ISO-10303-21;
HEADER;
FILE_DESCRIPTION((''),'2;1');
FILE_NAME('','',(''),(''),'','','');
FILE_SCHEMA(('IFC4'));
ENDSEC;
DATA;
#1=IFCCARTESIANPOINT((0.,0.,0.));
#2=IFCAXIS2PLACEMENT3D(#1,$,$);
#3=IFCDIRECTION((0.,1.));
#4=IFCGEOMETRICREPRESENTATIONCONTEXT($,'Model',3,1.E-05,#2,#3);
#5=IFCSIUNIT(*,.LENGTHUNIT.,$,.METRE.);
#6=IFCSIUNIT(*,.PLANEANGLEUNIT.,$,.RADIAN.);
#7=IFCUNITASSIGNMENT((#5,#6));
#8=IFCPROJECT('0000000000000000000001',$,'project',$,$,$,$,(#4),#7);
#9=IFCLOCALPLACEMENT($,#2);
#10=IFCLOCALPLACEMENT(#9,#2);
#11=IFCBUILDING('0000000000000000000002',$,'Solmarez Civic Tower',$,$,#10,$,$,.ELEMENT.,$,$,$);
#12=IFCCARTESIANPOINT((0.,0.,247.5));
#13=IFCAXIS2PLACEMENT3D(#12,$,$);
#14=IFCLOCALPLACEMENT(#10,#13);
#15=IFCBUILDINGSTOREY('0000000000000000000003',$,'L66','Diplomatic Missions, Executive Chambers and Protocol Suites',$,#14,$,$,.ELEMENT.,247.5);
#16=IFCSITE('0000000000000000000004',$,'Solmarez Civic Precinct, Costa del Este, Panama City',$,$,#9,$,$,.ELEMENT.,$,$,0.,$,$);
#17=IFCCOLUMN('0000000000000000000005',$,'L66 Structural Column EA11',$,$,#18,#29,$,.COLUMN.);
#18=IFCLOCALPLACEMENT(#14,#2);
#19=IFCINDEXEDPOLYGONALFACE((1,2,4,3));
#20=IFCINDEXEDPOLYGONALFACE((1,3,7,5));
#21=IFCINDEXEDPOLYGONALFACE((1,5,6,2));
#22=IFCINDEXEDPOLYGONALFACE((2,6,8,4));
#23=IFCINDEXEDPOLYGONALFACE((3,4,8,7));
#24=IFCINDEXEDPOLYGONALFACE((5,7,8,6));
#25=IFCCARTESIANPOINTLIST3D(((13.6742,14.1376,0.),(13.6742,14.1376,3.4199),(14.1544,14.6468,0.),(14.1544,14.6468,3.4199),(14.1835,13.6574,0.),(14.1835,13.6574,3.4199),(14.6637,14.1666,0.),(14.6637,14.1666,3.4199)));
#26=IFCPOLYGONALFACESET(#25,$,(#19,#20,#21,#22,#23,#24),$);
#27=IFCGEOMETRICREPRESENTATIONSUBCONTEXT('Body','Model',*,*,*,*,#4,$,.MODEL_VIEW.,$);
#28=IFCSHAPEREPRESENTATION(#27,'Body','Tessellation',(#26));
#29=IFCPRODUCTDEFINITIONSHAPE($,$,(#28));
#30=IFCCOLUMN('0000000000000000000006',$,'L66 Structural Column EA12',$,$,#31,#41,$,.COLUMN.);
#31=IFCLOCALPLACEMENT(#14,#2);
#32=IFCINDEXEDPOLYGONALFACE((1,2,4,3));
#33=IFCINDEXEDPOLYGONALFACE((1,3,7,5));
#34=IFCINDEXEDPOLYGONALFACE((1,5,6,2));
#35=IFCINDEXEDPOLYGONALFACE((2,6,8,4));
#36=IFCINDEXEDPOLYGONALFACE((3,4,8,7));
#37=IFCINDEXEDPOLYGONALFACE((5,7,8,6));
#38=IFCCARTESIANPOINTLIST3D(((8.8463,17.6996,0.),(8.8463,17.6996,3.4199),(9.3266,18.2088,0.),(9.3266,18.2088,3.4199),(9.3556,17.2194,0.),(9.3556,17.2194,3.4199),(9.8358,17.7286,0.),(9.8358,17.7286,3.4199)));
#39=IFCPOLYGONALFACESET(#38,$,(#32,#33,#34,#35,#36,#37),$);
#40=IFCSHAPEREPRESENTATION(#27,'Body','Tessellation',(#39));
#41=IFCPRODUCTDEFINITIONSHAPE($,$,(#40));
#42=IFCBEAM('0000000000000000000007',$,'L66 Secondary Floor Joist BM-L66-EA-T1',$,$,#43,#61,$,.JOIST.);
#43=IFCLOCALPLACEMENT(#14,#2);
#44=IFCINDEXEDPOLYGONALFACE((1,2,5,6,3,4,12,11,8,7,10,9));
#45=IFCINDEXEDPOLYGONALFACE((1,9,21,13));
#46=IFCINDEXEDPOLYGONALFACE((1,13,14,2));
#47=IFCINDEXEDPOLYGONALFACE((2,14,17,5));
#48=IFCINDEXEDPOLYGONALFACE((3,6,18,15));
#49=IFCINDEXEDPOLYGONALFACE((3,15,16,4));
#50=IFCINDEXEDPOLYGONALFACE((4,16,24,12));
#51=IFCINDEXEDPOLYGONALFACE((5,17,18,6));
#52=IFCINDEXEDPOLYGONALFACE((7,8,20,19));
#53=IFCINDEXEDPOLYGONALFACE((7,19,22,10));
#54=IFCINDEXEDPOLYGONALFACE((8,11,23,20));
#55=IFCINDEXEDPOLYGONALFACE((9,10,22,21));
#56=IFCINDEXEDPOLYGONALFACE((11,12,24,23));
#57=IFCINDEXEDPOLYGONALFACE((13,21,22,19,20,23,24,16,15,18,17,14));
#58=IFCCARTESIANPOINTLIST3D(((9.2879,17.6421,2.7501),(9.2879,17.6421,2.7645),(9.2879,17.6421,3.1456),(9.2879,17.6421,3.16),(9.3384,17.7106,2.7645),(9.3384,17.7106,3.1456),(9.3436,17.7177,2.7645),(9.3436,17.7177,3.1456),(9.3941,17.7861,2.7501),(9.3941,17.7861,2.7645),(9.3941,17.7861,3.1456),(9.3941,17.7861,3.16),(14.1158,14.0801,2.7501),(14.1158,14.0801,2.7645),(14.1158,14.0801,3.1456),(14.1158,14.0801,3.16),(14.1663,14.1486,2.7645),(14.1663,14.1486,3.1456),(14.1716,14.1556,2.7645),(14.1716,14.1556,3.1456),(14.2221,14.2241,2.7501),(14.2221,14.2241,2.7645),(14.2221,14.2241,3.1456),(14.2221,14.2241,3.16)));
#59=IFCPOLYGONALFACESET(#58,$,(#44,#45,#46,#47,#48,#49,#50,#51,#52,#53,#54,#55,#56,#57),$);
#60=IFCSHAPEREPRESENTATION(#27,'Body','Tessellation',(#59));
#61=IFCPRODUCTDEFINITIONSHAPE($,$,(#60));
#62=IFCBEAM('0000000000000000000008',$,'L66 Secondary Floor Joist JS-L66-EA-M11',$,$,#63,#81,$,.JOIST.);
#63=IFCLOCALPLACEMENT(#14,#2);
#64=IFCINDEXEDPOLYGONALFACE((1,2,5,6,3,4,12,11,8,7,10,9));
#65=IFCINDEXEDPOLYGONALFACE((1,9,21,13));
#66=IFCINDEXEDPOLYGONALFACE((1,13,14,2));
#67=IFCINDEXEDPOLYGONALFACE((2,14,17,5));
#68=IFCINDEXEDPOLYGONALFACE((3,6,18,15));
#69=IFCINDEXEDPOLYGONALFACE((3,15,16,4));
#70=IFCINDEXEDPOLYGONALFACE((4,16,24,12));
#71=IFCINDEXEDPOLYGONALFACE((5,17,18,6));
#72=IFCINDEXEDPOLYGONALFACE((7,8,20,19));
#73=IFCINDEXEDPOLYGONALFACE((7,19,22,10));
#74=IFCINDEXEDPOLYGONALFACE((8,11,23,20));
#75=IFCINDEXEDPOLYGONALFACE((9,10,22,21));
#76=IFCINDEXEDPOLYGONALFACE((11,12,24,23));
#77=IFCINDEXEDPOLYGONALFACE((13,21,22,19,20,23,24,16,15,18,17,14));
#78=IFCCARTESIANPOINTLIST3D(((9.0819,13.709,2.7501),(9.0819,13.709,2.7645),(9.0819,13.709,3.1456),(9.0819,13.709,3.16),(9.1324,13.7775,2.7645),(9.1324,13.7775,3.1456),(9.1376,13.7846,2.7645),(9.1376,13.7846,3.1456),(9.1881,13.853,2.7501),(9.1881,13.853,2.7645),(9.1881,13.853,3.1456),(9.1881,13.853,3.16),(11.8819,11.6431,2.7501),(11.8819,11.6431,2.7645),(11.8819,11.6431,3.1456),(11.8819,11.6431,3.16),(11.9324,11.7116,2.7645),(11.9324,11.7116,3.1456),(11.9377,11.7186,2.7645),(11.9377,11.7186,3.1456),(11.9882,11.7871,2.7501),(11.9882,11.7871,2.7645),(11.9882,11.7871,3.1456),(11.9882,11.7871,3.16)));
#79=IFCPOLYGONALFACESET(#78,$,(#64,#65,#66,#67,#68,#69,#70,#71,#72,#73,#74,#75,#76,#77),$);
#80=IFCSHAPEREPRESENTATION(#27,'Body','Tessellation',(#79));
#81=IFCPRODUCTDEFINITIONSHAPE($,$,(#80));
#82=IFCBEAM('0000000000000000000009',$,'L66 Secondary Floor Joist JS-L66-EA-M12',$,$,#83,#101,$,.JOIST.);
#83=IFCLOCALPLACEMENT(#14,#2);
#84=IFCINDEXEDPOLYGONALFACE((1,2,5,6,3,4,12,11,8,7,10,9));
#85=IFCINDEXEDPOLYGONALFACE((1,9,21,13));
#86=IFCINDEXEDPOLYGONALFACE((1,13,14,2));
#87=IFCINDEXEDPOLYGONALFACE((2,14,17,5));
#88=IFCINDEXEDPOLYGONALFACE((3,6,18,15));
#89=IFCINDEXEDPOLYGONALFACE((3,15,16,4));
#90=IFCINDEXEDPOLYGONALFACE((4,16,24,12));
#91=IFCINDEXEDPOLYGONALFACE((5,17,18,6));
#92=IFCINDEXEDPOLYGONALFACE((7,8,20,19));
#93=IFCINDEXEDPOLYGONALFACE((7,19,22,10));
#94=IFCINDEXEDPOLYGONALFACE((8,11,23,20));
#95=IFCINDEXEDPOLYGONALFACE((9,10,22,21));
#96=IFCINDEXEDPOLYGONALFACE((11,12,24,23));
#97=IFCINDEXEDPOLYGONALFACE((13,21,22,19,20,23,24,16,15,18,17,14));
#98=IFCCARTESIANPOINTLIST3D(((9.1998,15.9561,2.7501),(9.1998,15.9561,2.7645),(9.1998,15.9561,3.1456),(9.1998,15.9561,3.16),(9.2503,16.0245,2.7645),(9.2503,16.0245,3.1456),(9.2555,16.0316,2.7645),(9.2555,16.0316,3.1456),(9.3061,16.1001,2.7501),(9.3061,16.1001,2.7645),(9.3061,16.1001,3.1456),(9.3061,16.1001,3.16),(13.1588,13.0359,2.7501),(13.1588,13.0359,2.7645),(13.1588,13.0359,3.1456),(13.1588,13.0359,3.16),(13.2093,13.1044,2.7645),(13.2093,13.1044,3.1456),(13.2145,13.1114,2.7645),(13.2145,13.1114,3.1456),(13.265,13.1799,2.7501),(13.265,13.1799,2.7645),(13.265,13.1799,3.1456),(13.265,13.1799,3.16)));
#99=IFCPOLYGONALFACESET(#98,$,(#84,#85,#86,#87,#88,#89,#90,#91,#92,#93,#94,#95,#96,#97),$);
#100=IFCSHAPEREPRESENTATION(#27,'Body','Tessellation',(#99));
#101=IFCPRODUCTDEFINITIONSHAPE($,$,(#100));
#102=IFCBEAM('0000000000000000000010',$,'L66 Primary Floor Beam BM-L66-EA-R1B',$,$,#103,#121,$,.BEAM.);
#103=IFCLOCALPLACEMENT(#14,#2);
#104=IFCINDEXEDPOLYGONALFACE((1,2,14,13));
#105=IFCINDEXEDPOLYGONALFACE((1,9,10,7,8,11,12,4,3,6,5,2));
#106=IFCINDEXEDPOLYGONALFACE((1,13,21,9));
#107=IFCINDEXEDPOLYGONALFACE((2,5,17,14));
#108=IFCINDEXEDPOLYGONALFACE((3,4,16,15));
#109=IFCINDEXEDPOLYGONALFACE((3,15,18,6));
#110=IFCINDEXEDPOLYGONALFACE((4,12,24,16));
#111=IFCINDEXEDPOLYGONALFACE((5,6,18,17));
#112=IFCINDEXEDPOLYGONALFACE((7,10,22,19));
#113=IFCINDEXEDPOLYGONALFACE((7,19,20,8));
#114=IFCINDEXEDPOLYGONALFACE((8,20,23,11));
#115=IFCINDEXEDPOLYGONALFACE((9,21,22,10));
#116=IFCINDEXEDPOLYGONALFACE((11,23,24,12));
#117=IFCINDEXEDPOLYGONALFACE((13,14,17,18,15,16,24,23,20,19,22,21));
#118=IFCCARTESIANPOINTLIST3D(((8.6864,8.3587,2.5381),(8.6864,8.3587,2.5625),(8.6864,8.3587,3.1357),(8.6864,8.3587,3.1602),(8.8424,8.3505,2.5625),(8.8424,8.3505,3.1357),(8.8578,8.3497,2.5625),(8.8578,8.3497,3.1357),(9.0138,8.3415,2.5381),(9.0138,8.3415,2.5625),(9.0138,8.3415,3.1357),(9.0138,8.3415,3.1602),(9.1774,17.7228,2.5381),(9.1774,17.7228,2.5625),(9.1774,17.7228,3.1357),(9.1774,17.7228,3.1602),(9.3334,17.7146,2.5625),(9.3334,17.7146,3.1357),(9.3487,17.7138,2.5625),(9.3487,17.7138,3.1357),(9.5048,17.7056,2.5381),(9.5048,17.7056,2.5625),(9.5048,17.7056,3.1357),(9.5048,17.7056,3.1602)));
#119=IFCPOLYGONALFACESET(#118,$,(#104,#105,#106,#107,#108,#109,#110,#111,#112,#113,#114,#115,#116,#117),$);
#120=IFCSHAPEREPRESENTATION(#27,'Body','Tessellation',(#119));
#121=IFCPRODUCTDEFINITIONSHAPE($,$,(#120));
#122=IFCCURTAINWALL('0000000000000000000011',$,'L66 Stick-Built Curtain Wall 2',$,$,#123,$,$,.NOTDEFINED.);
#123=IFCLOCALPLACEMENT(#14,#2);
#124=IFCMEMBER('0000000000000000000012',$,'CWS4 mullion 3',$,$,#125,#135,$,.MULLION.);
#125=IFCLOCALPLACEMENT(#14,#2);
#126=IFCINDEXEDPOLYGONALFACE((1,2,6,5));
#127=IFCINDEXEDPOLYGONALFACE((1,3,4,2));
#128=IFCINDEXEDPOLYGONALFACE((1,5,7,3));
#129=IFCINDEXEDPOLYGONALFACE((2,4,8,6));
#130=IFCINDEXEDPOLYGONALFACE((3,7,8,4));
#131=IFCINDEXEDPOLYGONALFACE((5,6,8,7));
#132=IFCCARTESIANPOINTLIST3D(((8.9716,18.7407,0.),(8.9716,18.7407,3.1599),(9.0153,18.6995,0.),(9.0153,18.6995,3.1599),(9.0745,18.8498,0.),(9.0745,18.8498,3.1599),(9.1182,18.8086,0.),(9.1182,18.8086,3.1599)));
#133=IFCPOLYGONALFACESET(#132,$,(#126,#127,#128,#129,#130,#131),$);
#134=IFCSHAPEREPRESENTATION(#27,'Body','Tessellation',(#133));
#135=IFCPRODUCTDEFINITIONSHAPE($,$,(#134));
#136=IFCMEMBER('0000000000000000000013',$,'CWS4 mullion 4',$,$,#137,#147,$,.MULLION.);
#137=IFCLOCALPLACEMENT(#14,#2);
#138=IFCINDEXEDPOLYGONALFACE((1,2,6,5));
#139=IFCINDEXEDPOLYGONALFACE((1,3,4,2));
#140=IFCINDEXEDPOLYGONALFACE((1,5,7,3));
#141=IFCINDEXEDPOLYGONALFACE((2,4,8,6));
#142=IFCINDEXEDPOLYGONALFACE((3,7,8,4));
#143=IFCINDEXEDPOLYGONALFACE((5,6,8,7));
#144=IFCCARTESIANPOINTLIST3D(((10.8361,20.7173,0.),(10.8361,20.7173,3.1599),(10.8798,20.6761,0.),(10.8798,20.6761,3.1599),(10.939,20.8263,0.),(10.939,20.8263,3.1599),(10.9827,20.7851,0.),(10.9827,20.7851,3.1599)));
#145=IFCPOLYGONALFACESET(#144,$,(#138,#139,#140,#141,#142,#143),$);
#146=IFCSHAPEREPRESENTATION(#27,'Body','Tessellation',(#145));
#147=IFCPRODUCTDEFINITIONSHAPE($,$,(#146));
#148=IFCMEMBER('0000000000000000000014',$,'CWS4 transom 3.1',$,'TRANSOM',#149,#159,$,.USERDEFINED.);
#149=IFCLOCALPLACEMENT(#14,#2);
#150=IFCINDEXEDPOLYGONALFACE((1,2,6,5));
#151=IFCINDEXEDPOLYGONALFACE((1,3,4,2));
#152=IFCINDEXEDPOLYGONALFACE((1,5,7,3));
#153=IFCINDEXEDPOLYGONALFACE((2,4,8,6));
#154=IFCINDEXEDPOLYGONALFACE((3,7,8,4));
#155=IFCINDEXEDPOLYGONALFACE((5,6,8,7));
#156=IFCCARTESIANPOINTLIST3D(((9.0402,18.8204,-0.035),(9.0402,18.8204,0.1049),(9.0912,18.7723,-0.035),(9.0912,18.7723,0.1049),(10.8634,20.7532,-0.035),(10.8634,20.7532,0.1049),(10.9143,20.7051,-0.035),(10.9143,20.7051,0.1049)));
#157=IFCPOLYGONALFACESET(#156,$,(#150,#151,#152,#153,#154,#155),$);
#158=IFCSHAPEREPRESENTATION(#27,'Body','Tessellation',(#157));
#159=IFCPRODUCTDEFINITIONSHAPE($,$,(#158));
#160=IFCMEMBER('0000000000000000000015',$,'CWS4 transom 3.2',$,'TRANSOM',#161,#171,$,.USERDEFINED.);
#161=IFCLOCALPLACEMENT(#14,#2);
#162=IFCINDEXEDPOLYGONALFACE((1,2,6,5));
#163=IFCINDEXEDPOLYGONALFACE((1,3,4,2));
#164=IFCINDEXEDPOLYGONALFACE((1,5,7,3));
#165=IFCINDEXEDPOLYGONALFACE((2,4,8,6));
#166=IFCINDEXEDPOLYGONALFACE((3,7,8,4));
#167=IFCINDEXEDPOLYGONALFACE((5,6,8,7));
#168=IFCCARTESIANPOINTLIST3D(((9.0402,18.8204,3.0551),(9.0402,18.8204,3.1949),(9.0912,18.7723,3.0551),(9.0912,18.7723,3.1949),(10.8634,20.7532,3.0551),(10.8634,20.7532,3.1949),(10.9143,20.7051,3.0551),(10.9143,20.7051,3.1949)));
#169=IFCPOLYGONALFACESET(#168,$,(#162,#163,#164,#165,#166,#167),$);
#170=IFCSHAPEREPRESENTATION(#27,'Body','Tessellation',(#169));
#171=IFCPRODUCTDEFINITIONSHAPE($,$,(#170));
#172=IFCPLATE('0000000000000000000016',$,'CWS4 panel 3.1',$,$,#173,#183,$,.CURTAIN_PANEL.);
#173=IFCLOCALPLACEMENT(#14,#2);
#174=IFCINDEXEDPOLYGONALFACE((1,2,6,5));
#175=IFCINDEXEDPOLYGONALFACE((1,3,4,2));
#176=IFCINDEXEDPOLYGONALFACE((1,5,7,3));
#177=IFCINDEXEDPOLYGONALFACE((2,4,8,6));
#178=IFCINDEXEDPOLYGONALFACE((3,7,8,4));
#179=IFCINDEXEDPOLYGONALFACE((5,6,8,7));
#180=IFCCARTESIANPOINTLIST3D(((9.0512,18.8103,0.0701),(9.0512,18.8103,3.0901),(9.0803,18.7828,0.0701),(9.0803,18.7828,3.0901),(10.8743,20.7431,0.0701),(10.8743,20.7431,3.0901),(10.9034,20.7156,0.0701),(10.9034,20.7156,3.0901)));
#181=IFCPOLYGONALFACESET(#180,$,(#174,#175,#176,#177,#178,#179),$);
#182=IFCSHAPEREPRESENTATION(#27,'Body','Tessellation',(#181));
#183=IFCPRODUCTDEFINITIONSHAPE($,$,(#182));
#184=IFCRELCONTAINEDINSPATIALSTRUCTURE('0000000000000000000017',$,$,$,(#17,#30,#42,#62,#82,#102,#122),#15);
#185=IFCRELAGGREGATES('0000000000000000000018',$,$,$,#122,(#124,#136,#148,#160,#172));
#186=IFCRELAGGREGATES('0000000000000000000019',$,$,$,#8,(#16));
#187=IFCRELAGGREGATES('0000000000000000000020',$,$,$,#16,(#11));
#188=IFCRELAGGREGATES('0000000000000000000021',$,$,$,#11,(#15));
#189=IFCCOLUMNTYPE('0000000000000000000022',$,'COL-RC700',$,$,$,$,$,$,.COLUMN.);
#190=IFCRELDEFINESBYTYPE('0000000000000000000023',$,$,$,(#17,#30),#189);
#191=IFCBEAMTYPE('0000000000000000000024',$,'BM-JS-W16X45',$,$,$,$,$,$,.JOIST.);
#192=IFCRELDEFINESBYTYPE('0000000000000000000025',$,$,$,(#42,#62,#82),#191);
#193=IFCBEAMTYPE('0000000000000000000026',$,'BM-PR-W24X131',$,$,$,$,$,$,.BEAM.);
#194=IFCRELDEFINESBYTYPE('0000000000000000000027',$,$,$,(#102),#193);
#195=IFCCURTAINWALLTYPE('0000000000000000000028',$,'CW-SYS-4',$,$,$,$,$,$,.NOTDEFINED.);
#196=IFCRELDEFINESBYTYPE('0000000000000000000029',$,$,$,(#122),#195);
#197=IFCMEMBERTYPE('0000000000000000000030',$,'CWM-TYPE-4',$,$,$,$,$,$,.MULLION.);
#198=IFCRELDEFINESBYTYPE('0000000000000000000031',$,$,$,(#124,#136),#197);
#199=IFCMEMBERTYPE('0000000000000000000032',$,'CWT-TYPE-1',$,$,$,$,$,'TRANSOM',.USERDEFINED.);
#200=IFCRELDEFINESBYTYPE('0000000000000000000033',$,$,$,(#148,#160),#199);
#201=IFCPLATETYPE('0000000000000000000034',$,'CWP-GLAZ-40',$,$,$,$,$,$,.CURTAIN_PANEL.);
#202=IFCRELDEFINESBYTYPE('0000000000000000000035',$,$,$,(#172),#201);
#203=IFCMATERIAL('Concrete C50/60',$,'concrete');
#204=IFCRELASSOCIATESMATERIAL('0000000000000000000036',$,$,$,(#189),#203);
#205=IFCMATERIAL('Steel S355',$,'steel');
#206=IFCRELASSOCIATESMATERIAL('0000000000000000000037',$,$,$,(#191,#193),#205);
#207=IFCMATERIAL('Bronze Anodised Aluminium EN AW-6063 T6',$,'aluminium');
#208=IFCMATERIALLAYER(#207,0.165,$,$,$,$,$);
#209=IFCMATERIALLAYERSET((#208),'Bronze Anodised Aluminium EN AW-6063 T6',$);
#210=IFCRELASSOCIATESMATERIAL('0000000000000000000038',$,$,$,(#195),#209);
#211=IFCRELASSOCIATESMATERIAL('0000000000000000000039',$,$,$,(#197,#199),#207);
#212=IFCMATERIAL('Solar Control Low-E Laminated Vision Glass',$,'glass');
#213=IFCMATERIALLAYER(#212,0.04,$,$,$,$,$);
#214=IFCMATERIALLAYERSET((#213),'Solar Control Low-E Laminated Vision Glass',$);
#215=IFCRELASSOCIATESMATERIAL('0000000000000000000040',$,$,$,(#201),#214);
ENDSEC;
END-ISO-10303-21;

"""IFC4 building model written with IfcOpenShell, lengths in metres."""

from ifc_helpers import new_model, si_unit, direction, frame, origin, origin_2d, place, context, subcontext, project, spatial, rectangle, i_section, extrude, material, layer, layer_set, material_profile, profile_set, type_object, element, aggregate, save


model = new_model("IFC4")

# Units and contexts
model_context = context("Model", 3, precision=1e-05, world=origin(), true_north=direction((0.0, 1.0)))
body_context = subcontext(model_context, "Body", "Model", "MODEL_VIEW")
ifc_project = project(units=[si_unit("LENGTHUNIT", "METRE"), si_unit("PLANEANGLEUNIT", "RADIAN")], contexts=[model_context])

# Site, building, storey
site_placement = place(None, origin())
site = spatial("IfcSite", under=ifc_project, at=site_placement, Name="Solmarez Civic Precinct, Costa del Este, Panama City", CompositionType="ELEMENT", RefElevation=0.0)
building_placement = place(site_placement, origin())
building = spatial("IfcBuilding", under=site, at=building_placement, Name="Solmarez Civic Tower", CompositionType="ELEMENT")
storey_placement = place(building_placement, frame((0.0, 0.0, 247.5)))
storey = spatial("IfcBuildingStorey", under=building, at=storey_placement, Name="L66", Description="Diplomatic Missions, Executive Chambers and Protocol Suites", CompositionType="ELEMENT", Elevation=247.5)

# Columns
ifc_material_1 = material(Name="Concrete C50/60", Category="concrete")
ifc_material_profile_1 = material_profile(ifc_material_1, rectangle(XDim=0.7, YDim=0.7, at=origin_2d()), Name="RC700X700")
ifc_profile_set_1 = profile_set([ifc_material_profile_1], Name="Concrete C50/60")
column_type = type_object("IfcColumnType", Name="COL-RC700", PredefinedType="COLUMN", material=ifc_profile_set_1)
for number, where, z_axis, x_axis, name in (
    (1, (14.1689, 14.1521, 0.0), (0.0, 0.0, 1.0), (0.686072, 0.727533, 0.0), "L66 Structural Column EA11"),
    (2, (9.3411, 17.7141, 0.0), (0.0, 0.0, 1.0), (0.686072, 0.727533, 0.0), "L66 Structural Column EA12"),
):
    element("IfcColumn", number, at=place(storey_placement, frame(where, z_axis=z_axis, x_axis=x_axis)), inside=storey, type_object=column_type, Name=name, PredefinedType="COLUMN", context=body_context, shape_type="SweptSolid", body=[
        extrude(rectangle(XDim=0.7, YDim=0.7, at=origin_2d()), origin(), (0.0, 0.0, 1.0), 3.4199),
    ])

# Beams
ifc_material_2 = material(Name="Steel S355", Category="steel")
ifc_material_profile_2 = material_profile(ifc_material_2, i_section(OverallWidth=0.179, OverallDepth=0.4099, WebThickness=0.0088, FlangeThickness=0.0144, at=origin_2d()), Name="W16X45")
ifc_profile_set_2 = profile_set([ifc_material_profile_2], Name="Steel S355")
beam_type_1 = type_object("IfcBeamType", Name="BM-JS-W16X45", PredefinedType="JOIST", material=ifc_profile_set_2)
beam_1_placement = place(storey_placement, frame((14.1689, 14.1521, 2.9551), z_axis=(-0.804687, 0.593699, 0.0), x_axis=(-0.593699, -0.804687, 0.0)))
element("IfcBeam", 3, at=beam_1_placement, inside=storey, type_object=beam_type_1, Name="L66 Secondary Floor Joist BM-L66-EA-T1", PredefinedType="JOIST", context=body_context, shape_type="SweptSolid", body=[
    extrude(i_section(OverallWidth=0.179, OverallDepth=0.4099, WebThickness=0.0088, FlangeThickness=0.0144, at=origin_2d()), origin(), (0.0, 0.0, 1.0), 5.9998),
])
beam_2_placement = place(storey_placement, frame((11.9351, 11.7151, 2.9551), z_axis=(-0.804682, 0.593706, 0.0), x_axis=(-0.593706, -0.804682, 0.0)))
element("IfcBeam", 4, at=beam_2_placement, inside=storey, type_object=beam_type_1, Name="L66 Secondary Floor Joist JS-L66-EA-M11", PredefinedType="JOIST", context=body_context, shape_type="SweptSolid", body=[
    extrude(i_section(OverallWidth=0.179, OverallDepth=0.4099, WebThickness=0.0088, FlangeThickness=0.0144, at=origin_2d()), origin(), (0.0, 0.0, 1.0), 3.4797),
])
beam_3_placement = place(storey_placement, frame((13.2119, 13.1079, 2.9551), z_axis=(-0.804763, 0.593597, 0.0), x_axis=(-0.593597, -0.804763, 0.0)))
element("IfcBeam", 5, at=beam_3_placement, inside=storey, type_object=beam_type_1, Name="L66 Secondary Floor Joist JS-L66-EA-M12", PredefinedType="JOIST", context=body_context, shape_type="SweptSolid", body=[
    extrude(i_section(OverallWidth=0.179, OverallDepth=0.4099, WebThickness=0.0088, FlangeThickness=0.0144, at=origin_2d()), origin(), (0.0, 0.0, 1.0), 4.9194),
])
ifc_material_profile_3 = material_profile(ifc_material_2, i_section(OverallWidth=0.3279, OverallDepth=0.6221, WebThickness=0.0154, FlangeThickness=0.0244, at=origin_2d()), Name="W24X131")
ifc_profile_set_3 = profile_set([ifc_material_profile_3], Name="Steel S355")
beam_type_2 = type_object("IfcBeamType", Name="BM-PR-W24X131", PredefinedType="BEAM", material=ifc_profile_set_3)
beam_4_placement = place(storey_placement, frame((8.8501, 8.3501, 2.8491), z_axis=(0.052359, 0.998628, 0.0), x_axis=(-0.998628, 0.052359, 0.0)))
element("IfcBeam", 6, at=beam_4_placement, inside=storey, type_object=beam_type_2, Name="L66 Primary Floor Beam BM-L66-EA-R1B", PredefinedType="BEAM", context=body_context, shape_type="SweptSolid", body=[
    extrude(i_section(OverallWidth=0.3279, OverallDepth=0.6221, WebThickness=0.0154, FlangeThickness=0.0244, at=origin_2d()), origin(), (0.0, 0.0, 1.0), 9.377),
])

# Curtain wall, members, plate
ifc_material_3 = material(Name="Bronze Anodised Aluminium EN AW-6063 T6", Category="aluminium")
ifc_layer_1 = layer(ifc_material_3, 0.165)
ifc_layer_set_1 = layer_set([ifc_layer_1], Name="Bronze Anodised Aluminium EN AW-6063 T6")
curtain_wall_type = type_object("IfcCurtainWallType", Name="CW-SYS-4", PredefinedType="NOTDEFINED", material=ifc_layer_set_1)
curtain_wall_placement = place(storey_placement, origin())
curtain_wall = element("IfcCurtainWall", 7, at=curtain_wall_placement, inside=storey, type_object=curtain_wall_type, Name="L66 Stick-Built Curtain Wall 2", PredefinedType="NOTDEFINED")
ifc_material_profile_4 = material_profile(ifc_material_3, rectangle(XDim=0.0601, YDim=0.1499, at=origin_2d()), Name="CWM-60X150")
ifc_profile_set_4 = profile_set([ifc_material_profile_4], Name="Bronze Anodised Aluminium EN AW-6063 T6")
member_type_1 = type_object("IfcMemberType", Name="CWM-TYPE-4", PredefinedType="MULLION", material=ifc_profile_set_4)
member_1_placement = place(storey_placement, frame((9.0449, 18.7747, 0.0), z_axis=(0.0, 0.0, 1.0), x_axis=(-0.727434, 0.686178, 0.0)))
member_1 = element("IfcMember", 8, at=member_1_placement, type_object=member_type_1, Name="CWS4 mullion 3", PredefinedType="MULLION", context=body_context, shape_type="SweptSolid", body=[
    extrude(rectangle(XDim=0.0601, YDim=0.1499, at=origin_2d()), origin(), (0.0, 0.0, 1.0), 3.1599),
])
member_2_placement = place(storey_placement, frame((10.9094, 20.7512, 0.0), z_axis=(0.0, 0.0, 1.0), x_axis=(-0.727434, 0.686178, 0.0)))
member_2 = element("IfcMember", 9, at=member_2_placement, type_object=member_type_1, Name="CWS4 mullion 4", PredefinedType="MULLION", context=body_context, shape_type="SweptSolid", body=[
    extrude(rectangle(XDim=0.0601, YDim=0.1499, at=origin_2d()), origin(), (0.0, 0.0, 1.0), 3.1599),
])
ifc_material_profile_5 = material_profile(ifc_material_3, rectangle(XDim=0.0701, YDim=0.1399, at=origin_2d()), Name="CWT-70X140")
ifc_profile_set_5 = profile_set([ifc_material_profile_5], Name="Bronze Anodised Aluminium EN AW-6063 T6")
member_type_2 = type_object("IfcMemberType", Name="CWT-TYPE-1", ElementType="TRANSOM", PredefinedType="USERDEFINED", material=ifc_profile_set_5)
member_3_placement = place(storey_placement, frame((9.0657, 18.7964, 0.0349), z_axis=(0.686178, 0.727433, 0.0), x_axis=(-0.727433, 0.686178, 0.0)))
member_3 = element("IfcMember", 10, at=member_3_placement, type_object=member_type_2, Name="CWS4 transom 3.1", ObjectType="TRANSOM", PredefinedType="USERDEFINED", context=body_context, shape_type="SweptSolid", body=[
    extrude(rectangle(XDim=0.0701, YDim=0.1399, at=origin_2d()), origin(), (0.0, 0.0, 1.0), 2.657),
])
member_4_placement = place(storey_placement, frame((9.0657, 18.7964, 3.125), z_axis=(0.686178, 0.727433, 0.0), x_axis=(-0.727433, 0.686178, 0.0)))
member_4 = element("IfcMember", 11, at=member_4_placement, type_object=member_type_2, Name="CWS4 transom 3.2", ObjectType="TRANSOM", PredefinedType="USERDEFINED", context=body_context, shape_type="SweptSolid", body=[
    extrude(rectangle(XDim=0.0701, YDim=0.1399, at=origin_2d()), origin(), (0.0, 0.0, 1.0), 2.657),
])
ifc_material_4 = material(Name="Solar Control Low-E Laminated Vision Glass", Category="glass")
ifc_layer_2 = layer(ifc_material_4, 0.04)
ifc_layer_set_2 = layer_set([ifc_layer_2], Name="Solar Control Low-E Laminated Vision Glass")
plate_type = type_object("IfcPlateType", Name="CWP-GLAZ-40", PredefinedType="CURTAIN_PANEL", material=ifc_layer_set_2)
plate_placement = place(storey_placement, frame((9.9773, 19.7629, 0.0701), z_axis=(0.0, 0.0, 1.0), x_axis=(0.686178, 0.727434, 0.0)))
plate = element("IfcPlate", 12, at=plate_placement, type_object=plate_type, Name="CWS4 panel 3.1", PredefinedType="CURTAIN_PANEL", context=body_context, shape_type="SweptSolid", body=[
    extrude(rectangle(XDim=2.657, YDim=0.04, at=origin_2d()), origin(), (0.0, 0.0, 1.0), 3.02),
])
aggregate(curtain_wall, [member_1, member_2, member_3, member_4, plate])

save(model, "model.ifc")
